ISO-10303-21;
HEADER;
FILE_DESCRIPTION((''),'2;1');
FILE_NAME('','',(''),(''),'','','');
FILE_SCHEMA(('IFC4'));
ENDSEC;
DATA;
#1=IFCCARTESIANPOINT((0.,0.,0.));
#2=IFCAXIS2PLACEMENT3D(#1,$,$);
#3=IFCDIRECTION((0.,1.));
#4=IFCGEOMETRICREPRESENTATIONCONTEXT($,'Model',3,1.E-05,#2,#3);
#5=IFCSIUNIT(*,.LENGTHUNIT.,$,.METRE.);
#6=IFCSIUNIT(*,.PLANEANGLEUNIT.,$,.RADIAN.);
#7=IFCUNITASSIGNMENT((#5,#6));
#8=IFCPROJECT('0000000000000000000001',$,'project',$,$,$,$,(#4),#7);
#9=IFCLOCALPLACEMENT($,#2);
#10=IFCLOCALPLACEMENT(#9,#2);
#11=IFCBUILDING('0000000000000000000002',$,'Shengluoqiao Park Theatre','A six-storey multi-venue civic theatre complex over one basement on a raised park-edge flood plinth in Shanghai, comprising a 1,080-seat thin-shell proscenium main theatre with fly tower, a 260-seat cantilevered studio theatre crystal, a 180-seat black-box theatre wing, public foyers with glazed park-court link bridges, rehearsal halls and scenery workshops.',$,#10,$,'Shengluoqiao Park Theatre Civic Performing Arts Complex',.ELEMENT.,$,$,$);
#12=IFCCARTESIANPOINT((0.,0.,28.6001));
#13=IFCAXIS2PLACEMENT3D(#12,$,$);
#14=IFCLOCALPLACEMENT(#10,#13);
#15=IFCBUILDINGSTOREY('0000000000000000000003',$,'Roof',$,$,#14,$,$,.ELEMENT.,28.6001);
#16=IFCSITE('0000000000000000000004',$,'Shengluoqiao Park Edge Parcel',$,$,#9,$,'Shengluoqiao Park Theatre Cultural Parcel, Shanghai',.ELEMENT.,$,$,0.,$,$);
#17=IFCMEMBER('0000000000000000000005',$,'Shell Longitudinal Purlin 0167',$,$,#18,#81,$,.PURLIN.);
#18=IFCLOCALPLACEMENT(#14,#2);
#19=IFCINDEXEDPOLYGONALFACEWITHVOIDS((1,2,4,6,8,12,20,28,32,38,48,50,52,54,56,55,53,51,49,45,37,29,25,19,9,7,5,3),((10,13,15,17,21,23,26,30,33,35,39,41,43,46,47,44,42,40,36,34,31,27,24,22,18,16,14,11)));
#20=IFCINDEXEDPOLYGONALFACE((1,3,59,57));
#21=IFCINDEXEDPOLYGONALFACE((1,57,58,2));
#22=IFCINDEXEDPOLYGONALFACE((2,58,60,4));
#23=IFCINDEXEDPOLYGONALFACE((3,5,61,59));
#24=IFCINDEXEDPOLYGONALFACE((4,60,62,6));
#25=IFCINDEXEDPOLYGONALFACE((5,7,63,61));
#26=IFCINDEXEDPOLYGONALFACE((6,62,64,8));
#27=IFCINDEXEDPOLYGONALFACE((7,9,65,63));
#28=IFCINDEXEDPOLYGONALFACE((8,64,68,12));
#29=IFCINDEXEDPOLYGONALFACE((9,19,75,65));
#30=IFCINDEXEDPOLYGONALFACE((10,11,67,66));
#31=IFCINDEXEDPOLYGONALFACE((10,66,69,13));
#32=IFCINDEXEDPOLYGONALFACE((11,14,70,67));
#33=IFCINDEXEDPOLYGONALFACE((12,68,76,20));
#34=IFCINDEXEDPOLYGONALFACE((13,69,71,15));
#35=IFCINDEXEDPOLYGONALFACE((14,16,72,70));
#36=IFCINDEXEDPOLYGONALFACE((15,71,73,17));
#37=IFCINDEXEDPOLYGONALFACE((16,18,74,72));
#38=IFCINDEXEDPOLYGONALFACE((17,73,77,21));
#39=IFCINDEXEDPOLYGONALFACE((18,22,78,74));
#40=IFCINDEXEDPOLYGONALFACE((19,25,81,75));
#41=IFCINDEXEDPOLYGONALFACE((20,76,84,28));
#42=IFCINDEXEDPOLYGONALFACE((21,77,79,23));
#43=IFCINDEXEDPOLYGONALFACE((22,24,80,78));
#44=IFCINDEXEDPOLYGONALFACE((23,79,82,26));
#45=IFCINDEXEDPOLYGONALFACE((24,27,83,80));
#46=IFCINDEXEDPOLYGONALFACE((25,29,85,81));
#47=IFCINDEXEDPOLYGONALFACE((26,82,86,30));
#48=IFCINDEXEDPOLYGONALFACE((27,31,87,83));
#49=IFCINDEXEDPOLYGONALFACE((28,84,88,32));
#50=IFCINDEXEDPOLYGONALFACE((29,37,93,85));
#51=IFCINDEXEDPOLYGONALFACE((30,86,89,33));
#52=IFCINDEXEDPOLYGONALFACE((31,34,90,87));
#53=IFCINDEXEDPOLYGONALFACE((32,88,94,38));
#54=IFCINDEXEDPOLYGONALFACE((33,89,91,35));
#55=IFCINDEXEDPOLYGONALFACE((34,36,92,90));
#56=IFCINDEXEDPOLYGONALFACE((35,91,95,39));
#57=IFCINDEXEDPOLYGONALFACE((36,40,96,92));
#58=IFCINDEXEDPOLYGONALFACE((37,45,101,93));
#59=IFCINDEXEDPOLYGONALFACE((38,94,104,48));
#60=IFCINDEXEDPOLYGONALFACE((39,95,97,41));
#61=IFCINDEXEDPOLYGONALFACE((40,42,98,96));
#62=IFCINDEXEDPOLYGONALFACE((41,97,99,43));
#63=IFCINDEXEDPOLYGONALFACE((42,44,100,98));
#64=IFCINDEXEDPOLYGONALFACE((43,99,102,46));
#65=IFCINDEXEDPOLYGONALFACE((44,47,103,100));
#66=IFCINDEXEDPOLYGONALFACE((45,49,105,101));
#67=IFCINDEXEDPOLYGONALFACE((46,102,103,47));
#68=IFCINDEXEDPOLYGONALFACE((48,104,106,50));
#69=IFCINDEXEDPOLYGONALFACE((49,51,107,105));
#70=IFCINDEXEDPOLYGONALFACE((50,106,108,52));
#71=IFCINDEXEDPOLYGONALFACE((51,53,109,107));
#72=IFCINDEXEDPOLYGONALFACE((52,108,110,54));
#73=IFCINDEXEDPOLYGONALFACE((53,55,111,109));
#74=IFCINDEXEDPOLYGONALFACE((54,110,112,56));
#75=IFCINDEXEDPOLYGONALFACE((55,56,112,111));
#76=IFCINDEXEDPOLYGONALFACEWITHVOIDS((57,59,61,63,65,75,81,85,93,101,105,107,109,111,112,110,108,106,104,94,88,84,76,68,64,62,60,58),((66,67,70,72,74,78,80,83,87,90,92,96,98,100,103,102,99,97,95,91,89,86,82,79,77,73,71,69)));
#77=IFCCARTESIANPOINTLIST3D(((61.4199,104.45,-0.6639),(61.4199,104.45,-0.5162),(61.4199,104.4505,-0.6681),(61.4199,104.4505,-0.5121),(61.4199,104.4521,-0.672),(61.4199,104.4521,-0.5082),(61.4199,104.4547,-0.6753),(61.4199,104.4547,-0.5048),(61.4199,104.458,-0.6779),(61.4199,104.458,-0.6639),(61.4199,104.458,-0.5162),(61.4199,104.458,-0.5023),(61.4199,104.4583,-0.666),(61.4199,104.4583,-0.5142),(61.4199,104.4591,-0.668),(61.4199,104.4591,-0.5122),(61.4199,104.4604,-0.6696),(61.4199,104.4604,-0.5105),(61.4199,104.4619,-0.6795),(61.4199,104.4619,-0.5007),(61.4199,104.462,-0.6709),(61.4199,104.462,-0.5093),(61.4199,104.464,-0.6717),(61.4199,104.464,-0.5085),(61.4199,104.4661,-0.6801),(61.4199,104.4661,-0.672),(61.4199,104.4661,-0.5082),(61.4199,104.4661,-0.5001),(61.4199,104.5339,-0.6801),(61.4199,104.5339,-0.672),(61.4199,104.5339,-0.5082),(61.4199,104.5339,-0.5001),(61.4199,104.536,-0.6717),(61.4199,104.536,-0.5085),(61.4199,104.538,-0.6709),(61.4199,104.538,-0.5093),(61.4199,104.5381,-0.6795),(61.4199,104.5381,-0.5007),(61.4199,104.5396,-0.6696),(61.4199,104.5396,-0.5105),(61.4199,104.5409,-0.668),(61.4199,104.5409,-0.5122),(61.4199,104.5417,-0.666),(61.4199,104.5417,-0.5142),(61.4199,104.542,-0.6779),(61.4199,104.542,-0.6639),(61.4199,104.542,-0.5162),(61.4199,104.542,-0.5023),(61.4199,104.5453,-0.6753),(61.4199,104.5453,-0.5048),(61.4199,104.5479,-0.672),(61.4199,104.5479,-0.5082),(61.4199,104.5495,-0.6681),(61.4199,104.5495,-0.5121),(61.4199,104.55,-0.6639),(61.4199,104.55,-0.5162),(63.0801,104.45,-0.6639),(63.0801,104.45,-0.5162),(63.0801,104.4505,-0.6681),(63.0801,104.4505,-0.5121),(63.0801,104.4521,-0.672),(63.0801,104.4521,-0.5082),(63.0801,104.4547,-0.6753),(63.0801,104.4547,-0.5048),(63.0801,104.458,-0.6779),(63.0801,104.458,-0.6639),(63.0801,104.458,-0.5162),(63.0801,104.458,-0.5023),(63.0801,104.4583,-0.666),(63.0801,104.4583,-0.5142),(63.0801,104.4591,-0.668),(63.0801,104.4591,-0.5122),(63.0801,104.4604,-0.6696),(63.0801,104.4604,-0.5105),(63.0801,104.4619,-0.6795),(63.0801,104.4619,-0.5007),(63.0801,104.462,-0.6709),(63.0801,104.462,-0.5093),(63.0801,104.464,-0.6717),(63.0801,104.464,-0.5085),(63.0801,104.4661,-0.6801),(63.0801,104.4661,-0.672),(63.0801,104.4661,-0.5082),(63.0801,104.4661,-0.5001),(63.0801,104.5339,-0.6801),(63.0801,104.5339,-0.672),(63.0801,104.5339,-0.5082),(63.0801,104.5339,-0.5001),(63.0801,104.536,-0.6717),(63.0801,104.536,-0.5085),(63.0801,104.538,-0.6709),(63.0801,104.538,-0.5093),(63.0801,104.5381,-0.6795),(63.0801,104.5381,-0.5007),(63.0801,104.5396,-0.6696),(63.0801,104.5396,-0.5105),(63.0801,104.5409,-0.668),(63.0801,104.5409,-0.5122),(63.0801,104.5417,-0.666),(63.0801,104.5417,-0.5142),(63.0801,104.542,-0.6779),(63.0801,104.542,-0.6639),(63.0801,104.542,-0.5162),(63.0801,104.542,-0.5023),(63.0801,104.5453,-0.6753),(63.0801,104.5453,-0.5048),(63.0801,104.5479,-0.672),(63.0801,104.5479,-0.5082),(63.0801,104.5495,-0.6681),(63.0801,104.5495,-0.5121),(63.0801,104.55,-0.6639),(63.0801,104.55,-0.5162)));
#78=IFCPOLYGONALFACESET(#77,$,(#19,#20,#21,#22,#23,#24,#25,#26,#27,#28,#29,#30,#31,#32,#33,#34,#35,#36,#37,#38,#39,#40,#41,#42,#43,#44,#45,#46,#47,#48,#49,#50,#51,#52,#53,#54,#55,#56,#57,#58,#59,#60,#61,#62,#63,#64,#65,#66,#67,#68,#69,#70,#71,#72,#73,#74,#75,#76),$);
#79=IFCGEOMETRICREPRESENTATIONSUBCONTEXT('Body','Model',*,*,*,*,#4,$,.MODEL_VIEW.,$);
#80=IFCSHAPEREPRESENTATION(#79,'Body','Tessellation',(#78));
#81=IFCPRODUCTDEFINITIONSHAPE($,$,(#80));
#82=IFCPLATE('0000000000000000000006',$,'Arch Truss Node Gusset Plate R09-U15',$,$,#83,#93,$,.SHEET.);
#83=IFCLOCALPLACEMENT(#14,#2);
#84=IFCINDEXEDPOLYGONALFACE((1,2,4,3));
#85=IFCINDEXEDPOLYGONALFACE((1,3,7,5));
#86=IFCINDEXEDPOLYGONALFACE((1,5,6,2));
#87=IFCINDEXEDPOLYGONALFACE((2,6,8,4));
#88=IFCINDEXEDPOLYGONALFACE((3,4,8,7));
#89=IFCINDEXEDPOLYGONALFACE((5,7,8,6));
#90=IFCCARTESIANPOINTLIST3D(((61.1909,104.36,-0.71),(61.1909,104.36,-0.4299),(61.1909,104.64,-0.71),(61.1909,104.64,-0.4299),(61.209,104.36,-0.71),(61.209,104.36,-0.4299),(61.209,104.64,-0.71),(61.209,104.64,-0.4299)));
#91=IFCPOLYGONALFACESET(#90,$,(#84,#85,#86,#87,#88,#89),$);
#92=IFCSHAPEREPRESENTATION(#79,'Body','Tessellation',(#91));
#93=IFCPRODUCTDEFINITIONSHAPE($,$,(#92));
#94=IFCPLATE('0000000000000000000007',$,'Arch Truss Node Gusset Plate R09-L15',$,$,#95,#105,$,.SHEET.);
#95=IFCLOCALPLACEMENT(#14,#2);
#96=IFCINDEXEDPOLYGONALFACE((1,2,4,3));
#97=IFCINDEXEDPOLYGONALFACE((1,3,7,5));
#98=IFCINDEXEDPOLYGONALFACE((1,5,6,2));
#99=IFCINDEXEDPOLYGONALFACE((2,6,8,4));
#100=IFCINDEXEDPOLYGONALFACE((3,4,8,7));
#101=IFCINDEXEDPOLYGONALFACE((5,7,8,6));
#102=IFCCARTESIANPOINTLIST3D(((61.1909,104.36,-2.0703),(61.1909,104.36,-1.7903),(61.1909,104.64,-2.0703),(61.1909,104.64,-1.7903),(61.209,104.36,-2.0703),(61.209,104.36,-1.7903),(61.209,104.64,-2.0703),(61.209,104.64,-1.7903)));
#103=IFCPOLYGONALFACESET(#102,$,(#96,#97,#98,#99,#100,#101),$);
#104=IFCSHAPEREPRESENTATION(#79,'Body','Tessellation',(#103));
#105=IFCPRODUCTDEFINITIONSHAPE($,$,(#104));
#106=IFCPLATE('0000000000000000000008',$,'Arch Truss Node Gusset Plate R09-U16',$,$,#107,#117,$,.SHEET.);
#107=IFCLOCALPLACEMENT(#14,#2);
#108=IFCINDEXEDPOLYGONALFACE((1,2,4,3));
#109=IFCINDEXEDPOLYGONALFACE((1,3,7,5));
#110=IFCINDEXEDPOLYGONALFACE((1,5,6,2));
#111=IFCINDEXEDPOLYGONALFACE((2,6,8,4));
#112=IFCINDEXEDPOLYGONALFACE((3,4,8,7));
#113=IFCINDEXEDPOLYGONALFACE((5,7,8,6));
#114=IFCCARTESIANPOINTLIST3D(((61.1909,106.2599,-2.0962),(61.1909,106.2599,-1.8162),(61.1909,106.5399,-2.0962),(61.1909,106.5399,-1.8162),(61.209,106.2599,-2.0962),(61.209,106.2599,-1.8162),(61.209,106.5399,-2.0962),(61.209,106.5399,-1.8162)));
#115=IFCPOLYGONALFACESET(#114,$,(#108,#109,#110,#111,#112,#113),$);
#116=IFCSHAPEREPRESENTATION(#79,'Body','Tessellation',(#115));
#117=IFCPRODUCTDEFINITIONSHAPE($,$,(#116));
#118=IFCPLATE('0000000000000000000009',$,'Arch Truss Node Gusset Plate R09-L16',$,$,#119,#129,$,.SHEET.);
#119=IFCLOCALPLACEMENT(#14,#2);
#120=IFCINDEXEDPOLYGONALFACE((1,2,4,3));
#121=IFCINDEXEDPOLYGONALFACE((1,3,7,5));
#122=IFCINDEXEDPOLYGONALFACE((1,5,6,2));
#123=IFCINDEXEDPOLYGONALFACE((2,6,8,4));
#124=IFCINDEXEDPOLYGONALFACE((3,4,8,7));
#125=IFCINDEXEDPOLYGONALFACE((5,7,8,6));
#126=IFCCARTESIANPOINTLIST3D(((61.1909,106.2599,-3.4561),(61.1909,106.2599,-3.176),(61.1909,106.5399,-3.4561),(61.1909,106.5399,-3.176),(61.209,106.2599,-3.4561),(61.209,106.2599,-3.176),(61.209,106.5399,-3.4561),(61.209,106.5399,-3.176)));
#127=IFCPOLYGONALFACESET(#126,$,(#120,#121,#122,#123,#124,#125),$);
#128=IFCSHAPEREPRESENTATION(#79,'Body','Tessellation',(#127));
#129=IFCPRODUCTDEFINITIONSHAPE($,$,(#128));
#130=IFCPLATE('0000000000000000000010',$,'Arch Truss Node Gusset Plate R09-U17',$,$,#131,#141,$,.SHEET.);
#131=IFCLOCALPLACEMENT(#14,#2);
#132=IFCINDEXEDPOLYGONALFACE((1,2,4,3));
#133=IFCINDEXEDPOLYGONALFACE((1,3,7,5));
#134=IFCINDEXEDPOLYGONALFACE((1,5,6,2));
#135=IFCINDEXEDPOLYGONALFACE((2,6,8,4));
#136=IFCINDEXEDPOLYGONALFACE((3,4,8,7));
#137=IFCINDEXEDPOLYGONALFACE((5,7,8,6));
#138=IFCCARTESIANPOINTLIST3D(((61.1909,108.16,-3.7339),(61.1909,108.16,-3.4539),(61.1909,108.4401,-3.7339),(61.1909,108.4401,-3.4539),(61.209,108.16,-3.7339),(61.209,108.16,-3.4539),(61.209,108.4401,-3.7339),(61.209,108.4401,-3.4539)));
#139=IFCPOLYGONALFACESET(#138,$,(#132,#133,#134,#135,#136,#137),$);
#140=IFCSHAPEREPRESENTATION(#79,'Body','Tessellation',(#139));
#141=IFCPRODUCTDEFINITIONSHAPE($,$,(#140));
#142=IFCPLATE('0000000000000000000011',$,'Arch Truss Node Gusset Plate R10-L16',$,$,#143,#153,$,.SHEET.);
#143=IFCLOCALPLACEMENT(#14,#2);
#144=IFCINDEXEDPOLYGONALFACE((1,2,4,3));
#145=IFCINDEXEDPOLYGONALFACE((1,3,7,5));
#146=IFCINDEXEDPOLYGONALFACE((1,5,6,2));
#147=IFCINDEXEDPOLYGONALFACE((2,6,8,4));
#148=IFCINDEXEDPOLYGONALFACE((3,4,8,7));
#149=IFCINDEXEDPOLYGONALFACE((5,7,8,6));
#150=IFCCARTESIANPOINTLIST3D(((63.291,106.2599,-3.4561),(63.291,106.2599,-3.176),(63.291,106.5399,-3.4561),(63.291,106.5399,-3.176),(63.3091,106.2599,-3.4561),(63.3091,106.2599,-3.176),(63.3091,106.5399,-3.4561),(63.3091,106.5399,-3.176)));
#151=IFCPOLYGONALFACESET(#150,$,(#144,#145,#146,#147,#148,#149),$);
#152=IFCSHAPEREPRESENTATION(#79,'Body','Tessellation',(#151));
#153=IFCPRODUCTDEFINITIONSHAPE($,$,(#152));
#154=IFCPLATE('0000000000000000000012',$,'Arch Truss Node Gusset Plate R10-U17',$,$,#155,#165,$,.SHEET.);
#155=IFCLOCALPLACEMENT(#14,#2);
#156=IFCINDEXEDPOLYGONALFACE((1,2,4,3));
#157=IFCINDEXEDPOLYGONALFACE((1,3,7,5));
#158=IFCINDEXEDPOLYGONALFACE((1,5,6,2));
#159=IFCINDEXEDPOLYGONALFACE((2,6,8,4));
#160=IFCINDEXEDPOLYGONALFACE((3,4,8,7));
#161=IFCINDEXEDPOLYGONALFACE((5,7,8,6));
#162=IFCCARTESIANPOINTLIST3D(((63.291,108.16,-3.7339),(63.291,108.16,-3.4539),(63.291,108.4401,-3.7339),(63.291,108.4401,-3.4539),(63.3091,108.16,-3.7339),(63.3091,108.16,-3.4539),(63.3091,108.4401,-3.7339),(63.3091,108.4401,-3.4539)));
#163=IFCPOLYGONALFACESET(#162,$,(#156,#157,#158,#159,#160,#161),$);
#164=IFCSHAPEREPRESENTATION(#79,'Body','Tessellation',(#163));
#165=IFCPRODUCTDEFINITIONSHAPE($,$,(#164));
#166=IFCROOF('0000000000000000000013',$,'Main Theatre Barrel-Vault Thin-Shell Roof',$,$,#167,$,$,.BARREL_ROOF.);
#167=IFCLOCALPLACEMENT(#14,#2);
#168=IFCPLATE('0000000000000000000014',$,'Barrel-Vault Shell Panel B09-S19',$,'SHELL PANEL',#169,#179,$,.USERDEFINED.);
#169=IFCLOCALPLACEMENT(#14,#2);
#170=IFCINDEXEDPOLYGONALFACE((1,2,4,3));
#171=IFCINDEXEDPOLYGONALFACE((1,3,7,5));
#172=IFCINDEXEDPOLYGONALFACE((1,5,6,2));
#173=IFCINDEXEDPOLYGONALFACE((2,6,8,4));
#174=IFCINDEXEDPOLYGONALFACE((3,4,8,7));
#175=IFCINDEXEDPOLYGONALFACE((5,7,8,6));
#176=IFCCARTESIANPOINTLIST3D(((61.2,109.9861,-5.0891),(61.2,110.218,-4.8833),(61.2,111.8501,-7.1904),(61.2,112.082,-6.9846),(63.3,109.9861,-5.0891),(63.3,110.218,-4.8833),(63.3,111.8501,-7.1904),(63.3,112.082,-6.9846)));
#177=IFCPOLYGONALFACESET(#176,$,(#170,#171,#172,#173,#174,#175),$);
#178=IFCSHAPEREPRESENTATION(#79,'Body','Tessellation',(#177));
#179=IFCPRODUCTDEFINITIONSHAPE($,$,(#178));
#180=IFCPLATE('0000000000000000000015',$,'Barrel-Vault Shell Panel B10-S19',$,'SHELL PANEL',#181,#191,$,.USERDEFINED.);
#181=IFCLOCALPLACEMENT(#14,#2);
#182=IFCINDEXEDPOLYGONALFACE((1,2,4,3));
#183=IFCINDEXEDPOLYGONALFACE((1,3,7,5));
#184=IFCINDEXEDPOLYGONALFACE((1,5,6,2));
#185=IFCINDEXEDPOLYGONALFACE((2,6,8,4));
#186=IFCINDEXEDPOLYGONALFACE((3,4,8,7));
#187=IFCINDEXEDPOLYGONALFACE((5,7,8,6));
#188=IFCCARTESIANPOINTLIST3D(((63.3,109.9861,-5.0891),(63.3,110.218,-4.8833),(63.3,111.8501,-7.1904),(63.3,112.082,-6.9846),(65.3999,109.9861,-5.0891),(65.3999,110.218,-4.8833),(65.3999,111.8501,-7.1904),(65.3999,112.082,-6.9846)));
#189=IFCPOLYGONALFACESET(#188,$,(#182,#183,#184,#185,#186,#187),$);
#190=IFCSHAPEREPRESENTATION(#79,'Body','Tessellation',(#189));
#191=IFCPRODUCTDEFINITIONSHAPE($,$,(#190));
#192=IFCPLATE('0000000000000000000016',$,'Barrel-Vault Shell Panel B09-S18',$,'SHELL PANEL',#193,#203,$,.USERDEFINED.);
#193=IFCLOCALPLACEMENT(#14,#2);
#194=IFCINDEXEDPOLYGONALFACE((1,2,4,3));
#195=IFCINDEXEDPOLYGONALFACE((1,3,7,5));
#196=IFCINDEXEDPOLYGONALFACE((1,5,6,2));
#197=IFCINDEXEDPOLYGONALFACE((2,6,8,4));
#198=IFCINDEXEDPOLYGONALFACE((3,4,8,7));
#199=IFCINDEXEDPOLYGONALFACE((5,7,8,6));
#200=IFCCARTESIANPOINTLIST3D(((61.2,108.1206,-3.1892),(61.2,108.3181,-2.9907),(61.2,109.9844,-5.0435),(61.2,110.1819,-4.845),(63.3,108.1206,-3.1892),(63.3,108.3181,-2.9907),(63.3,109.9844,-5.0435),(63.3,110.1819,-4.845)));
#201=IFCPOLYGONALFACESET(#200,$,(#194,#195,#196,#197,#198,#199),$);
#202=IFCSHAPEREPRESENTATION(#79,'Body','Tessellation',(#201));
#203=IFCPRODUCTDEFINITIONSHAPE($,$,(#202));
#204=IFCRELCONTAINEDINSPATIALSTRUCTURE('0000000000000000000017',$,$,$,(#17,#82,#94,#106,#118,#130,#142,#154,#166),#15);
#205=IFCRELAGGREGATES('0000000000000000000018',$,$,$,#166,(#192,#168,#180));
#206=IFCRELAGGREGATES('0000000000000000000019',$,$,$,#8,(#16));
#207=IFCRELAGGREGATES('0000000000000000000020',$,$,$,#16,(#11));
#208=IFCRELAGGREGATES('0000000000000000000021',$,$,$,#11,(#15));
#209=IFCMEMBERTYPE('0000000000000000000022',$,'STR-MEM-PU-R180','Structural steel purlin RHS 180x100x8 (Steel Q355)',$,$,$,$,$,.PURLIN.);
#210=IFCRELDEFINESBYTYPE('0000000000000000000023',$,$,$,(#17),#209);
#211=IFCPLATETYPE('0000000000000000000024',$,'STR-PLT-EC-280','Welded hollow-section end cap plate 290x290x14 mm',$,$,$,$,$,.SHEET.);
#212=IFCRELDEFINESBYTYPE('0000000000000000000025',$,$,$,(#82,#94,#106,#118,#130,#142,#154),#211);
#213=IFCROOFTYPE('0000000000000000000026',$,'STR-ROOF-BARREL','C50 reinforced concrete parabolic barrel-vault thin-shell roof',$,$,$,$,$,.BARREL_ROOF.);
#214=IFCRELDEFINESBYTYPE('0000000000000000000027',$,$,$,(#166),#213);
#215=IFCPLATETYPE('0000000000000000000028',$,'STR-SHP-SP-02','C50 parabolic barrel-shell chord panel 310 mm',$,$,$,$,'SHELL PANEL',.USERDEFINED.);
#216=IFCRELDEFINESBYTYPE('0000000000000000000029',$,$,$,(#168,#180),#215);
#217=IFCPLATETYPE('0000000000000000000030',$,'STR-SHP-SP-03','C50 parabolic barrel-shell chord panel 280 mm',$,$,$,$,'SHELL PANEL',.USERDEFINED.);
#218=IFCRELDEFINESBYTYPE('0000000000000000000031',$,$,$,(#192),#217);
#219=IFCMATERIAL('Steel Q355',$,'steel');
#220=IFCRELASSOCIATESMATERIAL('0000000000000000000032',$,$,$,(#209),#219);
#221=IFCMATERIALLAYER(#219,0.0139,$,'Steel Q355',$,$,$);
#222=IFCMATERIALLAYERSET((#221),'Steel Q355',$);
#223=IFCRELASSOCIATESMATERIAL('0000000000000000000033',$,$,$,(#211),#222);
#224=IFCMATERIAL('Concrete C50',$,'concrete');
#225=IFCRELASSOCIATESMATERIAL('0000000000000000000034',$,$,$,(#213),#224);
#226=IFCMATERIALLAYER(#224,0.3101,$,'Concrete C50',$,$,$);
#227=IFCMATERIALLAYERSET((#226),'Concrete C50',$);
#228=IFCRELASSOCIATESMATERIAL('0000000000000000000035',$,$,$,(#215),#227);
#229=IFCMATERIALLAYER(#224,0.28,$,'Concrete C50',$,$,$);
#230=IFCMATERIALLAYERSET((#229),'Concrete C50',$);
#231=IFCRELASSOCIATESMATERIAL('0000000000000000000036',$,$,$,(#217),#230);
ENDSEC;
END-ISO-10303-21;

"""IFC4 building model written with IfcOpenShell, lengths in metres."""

from ifc_helpers import new_model, si_unit, direction, frame, origin, origin_2d, place, context, subcontext, project, spatial, polyline, rectangle, hollow_rectangle, outline, extrude, material, layer, layer_set, material_profile, profile_set, type_object, element, aggregate, save


model = new_model("IFC4")

# Units and contexts
model_context = context("Model", 3, precision=1e-05, world=origin(), true_north=direction((0.0, 1.0)))
body_context = subcontext(model_context, "Body", "Model", "MODEL_VIEW")
ifc_project = project(units=[si_unit("LENGTHUNIT", "METRE"), si_unit("PLANEANGLEUNIT", "RADIAN")], contexts=[model_context])

# Site, building, storey
site_placement = place(None, origin())
site = spatial("IfcSite", under=ifc_project, at=site_placement, Name="Shengluoqiao Park Edge Parcel", LongName="Shengluoqiao Park Theatre Cultural Parcel, Shanghai", CompositionType="ELEMENT", RefElevation=0.0)
building_placement = place(site_placement, origin())
building = spatial("IfcBuilding", under=site, at=building_placement, Name="Shengluoqiao Park Theatre", Description="A six-storey multi-venue civic theatre complex over one basement on a raised park-edge flood plinth in Shanghai, comprising a 1,080-seat thin-shell proscenium main theatre with fly tower, a 260-seat cantilevered studio theatre crystal, a 180-seat black-box theatre wing, public foyers with glazed park-court link bridges, rehearsal halls and scenery workshops.", LongName="Shengluoqiao Park Theatre Civic Performing Arts Complex", CompositionType="ELEMENT")
storey_placement = place(building_placement, frame((0.0, 0.0, 28.6001)))
storey = spatial("IfcBuildingStorey", under=building, at=storey_placement, Name="Roof", CompositionType="ELEMENT", Elevation=28.6001)

# Shared definitions
ifc_material_1 = material(Name="Concrete C50", Category="concrete")
ifc_material_2 = material(Name="Steel Q355", Category="steel")

# Member
ifc_material_profile_1 = material_profile(ifc_material_2, hollow_rectangle(XDim=0.1001, YDim=0.1799, WallThickness=0.0081, InnerFilletRadius=0.0081, OuterFilletRadius=0.0161, at=origin_2d()), Name="RHS 180x100x8")
ifc_profile_set_1 = profile_set([ifc_material_profile_1], Name="Steel Q355")
member_type_1 = type_object("IfcMemberType", Name="STR-MEM-PU-R180", Description="Structural steel purlin RHS 180x100x8 (Steel Q355)", PredefinedType="PURLIN", material=ifc_profile_set_1)
member_1_placement = place(storey_placement, frame((61.4199, 104.5, -0.5901), z_axis=(1.0, 0.0, 0.0), x_axis=(0.0, 1.0, 0.0)))
element("IfcMember", 1, at=member_1_placement, inside=storey, type_object=member_type_1, Name="Shell Longitudinal Purlin 0167", PredefinedType="PURLIN", context=body_context, shape_type="SweptSolid", body=[
    extrude(hollow_rectangle(XDim=0.1001, YDim=0.1799, WallThickness=0.0081, InnerFilletRadius=0.0081, OuterFilletRadius=0.0161, at=origin_2d()), origin(), (0.0, 0.0, 1.0), 1.6602),
])

# Plates
ifc_layer_1 = layer(ifc_material_2, 0.0139, Name="Steel Q355")
ifc_layer_set_1 = layer_set([ifc_layer_1], Name="Steel Q355")
plate_type_1 = type_object("IfcPlateType", Name="STR-PLT-EC-280", Description="Welded hollow-section end cap plate 290x290x14 mm", PredefinedType="SHEET", material=ifc_layer_set_1)
for number, where, z_axis, x_axis, name in (
    (2, (61.2, 104.5, -0.71), (0.0, 0.0, 1.0), (1.0, 0.0, 0.0), "Arch Truss Node Gusset Plate R09-U15"),
    (3, (61.2, 104.5, -2.0703), (0.0, 0.0, 1.0), (1.0, 0.0, 0.0), "Arch Truss Node Gusset Plate R09-L15"),
    (4, (61.2, 106.3999, -2.0962), (0.0, 0.0, 1.0), (1.0, 0.0, 0.0), "Arch Truss Node Gusset Plate R09-U16"),
    (5, (61.2, 106.3999, -3.4561), (0.0, 0.0, 1.0), (1.0, 0.0, 0.0), "Arch Truss Node Gusset Plate R09-L16"),
    (6, (61.2, 108.3, -3.7339), (0.0, 0.0, 1.0), (1.0, 0.0, 0.0), "Arch Truss Node Gusset Plate R09-U17"),
    (7, (63.3, 106.3999, -3.4561), (0.0, 0.0, 1.0), (1.0, 0.0, 0.0), "Arch Truss Node Gusset Plate R10-L16"),
    (8, (63.3, 108.3, -3.7339), (0.0, 0.0, 1.0), (1.0, 0.0, 0.0), "Arch Truss Node Gusset Plate R10-U17"),
):
    element("IfcPlate", number, at=place(storey_placement, frame(where, z_axis=z_axis, x_axis=x_axis)), inside=storey, type_object=plate_type_1, Name=name, PredefinedType="SHEET", context=body_context, shape_type="SweptSolid", body=[
        extrude(rectangle(XDim=0.0181, YDim=0.28, at=origin_2d()), origin(), (0.0, 0.0, 1.0), 0.28),
    ])

# Roof, plates
roof_type = type_object("IfcRoofType", Name="STR-ROOF-BARREL", Description="C50 reinforced concrete parabolic barrel-vault thin-shell roof", PredefinedType="BARREL_ROOF", material=ifc_material_1)
roof_placement = place(storey_placement, origin())
roof = element("IfcRoof", 9, at=roof_placement, inside=storey, type_object=roof_type, Name="Main Theatre Barrel-Vault Thin-Shell Roof", PredefinedType="BARREL_ROOF")
ifc_layer_2 = layer(ifc_material_1, 0.3101, Name="Concrete C50")
ifc_layer_set_2 = layer_set([ifc_layer_2], Name="Concrete C50")
plate_type_2 = type_object("IfcPlateType", Name="STR-SHP-SP-02", Description="C50 parabolic barrel-shell chord panel 310 mm", ElementType="SHELL PANEL", PredefinedType="USERDEFINED", material=ifc_layer_set_2)
plate_1_placement = place(storey_placement, frame((61.2, 110.218, -4.8833), z_axis=(0.0, 0.748085, 0.663603), x_axis=(1.0, 0.0, 0.0)))
plate_1 = element("IfcPlate", 10, at=plate_1_placement, type_object=plate_type_2, Name="Barrel-Vault Shell Panel B09-S19", ObjectType="SHELL PANEL", PredefinedType="USERDEFINED", context=body_context, shape_type="SweptSolid", body=[
    extrude(outline(polyline([(0.0, 0.0), (2.1001, 0.0), (2.1001, 2.8089), (0.0, 2.8089), (0.0, 0.0)])), origin(), (0.0, 0.0, -1.0), 0.3101),
])
plate_2_placement = place(storey_placement, frame((63.3, 110.218, -4.8833), z_axis=(0.0, 0.748085, 0.663603), x_axis=(1.0, 0.0, 0.0)))
plate_2 = element("IfcPlate", 11, at=plate_2_placement, type_object=plate_type_2, Name="Barrel-Vault Shell Panel B10-S19", ObjectType="SHELL PANEL", PredefinedType="USERDEFINED", context=body_context, shape_type="SweptSolid", body=[
    extrude(outline(polyline([(0.0, 0.0), (2.0999, 0.0), (2.0999, 2.8089), (0.0, 2.8089), (0.0, 0.0)])), origin(), (0.0, 0.0, -1.0), 0.3101),
])
ifc_layer_3 = layer(ifc_material_1, 0.28, Name="Concrete C50")
ifc_layer_set_3 = layer_set([ifc_layer_3], Name="Concrete C50")
plate_type_3 = type_object("IfcPlateType", Name="STR-SHP-SP-03", Description="C50 parabolic barrel-shell chord panel 280 mm", ElementType="SHELL PANEL", PredefinedType="USERDEFINED", material=ifc_layer_set_3)
plate_3_placement = place(storey_placement, frame((61.2, 108.3181, -2.9907), z_axis=(0.0, 0.705294, 0.708915), x_axis=(1.0, 0.0, 0.0)))
plate_3 = element("IfcPlate", 12, at=plate_3_placement, type_object=plate_type_3, Name="Barrel-Vault Shell Panel B09-S18", ObjectType="SHELL PANEL", PredefinedType="USERDEFINED", context=body_context, shape_type="SweptSolid", body=[
    extrude(outline(polyline([(0.0, 0.0), (2.1001, 0.0), (2.1001, 2.629), (0.0, 2.629), (0.0, 0.0)])), origin(), (0.0, 0.0, -1.0), 0.28),
])
aggregate(roof, [plate_3, plate_1, plate_2])

save(model, "model.ifc")
